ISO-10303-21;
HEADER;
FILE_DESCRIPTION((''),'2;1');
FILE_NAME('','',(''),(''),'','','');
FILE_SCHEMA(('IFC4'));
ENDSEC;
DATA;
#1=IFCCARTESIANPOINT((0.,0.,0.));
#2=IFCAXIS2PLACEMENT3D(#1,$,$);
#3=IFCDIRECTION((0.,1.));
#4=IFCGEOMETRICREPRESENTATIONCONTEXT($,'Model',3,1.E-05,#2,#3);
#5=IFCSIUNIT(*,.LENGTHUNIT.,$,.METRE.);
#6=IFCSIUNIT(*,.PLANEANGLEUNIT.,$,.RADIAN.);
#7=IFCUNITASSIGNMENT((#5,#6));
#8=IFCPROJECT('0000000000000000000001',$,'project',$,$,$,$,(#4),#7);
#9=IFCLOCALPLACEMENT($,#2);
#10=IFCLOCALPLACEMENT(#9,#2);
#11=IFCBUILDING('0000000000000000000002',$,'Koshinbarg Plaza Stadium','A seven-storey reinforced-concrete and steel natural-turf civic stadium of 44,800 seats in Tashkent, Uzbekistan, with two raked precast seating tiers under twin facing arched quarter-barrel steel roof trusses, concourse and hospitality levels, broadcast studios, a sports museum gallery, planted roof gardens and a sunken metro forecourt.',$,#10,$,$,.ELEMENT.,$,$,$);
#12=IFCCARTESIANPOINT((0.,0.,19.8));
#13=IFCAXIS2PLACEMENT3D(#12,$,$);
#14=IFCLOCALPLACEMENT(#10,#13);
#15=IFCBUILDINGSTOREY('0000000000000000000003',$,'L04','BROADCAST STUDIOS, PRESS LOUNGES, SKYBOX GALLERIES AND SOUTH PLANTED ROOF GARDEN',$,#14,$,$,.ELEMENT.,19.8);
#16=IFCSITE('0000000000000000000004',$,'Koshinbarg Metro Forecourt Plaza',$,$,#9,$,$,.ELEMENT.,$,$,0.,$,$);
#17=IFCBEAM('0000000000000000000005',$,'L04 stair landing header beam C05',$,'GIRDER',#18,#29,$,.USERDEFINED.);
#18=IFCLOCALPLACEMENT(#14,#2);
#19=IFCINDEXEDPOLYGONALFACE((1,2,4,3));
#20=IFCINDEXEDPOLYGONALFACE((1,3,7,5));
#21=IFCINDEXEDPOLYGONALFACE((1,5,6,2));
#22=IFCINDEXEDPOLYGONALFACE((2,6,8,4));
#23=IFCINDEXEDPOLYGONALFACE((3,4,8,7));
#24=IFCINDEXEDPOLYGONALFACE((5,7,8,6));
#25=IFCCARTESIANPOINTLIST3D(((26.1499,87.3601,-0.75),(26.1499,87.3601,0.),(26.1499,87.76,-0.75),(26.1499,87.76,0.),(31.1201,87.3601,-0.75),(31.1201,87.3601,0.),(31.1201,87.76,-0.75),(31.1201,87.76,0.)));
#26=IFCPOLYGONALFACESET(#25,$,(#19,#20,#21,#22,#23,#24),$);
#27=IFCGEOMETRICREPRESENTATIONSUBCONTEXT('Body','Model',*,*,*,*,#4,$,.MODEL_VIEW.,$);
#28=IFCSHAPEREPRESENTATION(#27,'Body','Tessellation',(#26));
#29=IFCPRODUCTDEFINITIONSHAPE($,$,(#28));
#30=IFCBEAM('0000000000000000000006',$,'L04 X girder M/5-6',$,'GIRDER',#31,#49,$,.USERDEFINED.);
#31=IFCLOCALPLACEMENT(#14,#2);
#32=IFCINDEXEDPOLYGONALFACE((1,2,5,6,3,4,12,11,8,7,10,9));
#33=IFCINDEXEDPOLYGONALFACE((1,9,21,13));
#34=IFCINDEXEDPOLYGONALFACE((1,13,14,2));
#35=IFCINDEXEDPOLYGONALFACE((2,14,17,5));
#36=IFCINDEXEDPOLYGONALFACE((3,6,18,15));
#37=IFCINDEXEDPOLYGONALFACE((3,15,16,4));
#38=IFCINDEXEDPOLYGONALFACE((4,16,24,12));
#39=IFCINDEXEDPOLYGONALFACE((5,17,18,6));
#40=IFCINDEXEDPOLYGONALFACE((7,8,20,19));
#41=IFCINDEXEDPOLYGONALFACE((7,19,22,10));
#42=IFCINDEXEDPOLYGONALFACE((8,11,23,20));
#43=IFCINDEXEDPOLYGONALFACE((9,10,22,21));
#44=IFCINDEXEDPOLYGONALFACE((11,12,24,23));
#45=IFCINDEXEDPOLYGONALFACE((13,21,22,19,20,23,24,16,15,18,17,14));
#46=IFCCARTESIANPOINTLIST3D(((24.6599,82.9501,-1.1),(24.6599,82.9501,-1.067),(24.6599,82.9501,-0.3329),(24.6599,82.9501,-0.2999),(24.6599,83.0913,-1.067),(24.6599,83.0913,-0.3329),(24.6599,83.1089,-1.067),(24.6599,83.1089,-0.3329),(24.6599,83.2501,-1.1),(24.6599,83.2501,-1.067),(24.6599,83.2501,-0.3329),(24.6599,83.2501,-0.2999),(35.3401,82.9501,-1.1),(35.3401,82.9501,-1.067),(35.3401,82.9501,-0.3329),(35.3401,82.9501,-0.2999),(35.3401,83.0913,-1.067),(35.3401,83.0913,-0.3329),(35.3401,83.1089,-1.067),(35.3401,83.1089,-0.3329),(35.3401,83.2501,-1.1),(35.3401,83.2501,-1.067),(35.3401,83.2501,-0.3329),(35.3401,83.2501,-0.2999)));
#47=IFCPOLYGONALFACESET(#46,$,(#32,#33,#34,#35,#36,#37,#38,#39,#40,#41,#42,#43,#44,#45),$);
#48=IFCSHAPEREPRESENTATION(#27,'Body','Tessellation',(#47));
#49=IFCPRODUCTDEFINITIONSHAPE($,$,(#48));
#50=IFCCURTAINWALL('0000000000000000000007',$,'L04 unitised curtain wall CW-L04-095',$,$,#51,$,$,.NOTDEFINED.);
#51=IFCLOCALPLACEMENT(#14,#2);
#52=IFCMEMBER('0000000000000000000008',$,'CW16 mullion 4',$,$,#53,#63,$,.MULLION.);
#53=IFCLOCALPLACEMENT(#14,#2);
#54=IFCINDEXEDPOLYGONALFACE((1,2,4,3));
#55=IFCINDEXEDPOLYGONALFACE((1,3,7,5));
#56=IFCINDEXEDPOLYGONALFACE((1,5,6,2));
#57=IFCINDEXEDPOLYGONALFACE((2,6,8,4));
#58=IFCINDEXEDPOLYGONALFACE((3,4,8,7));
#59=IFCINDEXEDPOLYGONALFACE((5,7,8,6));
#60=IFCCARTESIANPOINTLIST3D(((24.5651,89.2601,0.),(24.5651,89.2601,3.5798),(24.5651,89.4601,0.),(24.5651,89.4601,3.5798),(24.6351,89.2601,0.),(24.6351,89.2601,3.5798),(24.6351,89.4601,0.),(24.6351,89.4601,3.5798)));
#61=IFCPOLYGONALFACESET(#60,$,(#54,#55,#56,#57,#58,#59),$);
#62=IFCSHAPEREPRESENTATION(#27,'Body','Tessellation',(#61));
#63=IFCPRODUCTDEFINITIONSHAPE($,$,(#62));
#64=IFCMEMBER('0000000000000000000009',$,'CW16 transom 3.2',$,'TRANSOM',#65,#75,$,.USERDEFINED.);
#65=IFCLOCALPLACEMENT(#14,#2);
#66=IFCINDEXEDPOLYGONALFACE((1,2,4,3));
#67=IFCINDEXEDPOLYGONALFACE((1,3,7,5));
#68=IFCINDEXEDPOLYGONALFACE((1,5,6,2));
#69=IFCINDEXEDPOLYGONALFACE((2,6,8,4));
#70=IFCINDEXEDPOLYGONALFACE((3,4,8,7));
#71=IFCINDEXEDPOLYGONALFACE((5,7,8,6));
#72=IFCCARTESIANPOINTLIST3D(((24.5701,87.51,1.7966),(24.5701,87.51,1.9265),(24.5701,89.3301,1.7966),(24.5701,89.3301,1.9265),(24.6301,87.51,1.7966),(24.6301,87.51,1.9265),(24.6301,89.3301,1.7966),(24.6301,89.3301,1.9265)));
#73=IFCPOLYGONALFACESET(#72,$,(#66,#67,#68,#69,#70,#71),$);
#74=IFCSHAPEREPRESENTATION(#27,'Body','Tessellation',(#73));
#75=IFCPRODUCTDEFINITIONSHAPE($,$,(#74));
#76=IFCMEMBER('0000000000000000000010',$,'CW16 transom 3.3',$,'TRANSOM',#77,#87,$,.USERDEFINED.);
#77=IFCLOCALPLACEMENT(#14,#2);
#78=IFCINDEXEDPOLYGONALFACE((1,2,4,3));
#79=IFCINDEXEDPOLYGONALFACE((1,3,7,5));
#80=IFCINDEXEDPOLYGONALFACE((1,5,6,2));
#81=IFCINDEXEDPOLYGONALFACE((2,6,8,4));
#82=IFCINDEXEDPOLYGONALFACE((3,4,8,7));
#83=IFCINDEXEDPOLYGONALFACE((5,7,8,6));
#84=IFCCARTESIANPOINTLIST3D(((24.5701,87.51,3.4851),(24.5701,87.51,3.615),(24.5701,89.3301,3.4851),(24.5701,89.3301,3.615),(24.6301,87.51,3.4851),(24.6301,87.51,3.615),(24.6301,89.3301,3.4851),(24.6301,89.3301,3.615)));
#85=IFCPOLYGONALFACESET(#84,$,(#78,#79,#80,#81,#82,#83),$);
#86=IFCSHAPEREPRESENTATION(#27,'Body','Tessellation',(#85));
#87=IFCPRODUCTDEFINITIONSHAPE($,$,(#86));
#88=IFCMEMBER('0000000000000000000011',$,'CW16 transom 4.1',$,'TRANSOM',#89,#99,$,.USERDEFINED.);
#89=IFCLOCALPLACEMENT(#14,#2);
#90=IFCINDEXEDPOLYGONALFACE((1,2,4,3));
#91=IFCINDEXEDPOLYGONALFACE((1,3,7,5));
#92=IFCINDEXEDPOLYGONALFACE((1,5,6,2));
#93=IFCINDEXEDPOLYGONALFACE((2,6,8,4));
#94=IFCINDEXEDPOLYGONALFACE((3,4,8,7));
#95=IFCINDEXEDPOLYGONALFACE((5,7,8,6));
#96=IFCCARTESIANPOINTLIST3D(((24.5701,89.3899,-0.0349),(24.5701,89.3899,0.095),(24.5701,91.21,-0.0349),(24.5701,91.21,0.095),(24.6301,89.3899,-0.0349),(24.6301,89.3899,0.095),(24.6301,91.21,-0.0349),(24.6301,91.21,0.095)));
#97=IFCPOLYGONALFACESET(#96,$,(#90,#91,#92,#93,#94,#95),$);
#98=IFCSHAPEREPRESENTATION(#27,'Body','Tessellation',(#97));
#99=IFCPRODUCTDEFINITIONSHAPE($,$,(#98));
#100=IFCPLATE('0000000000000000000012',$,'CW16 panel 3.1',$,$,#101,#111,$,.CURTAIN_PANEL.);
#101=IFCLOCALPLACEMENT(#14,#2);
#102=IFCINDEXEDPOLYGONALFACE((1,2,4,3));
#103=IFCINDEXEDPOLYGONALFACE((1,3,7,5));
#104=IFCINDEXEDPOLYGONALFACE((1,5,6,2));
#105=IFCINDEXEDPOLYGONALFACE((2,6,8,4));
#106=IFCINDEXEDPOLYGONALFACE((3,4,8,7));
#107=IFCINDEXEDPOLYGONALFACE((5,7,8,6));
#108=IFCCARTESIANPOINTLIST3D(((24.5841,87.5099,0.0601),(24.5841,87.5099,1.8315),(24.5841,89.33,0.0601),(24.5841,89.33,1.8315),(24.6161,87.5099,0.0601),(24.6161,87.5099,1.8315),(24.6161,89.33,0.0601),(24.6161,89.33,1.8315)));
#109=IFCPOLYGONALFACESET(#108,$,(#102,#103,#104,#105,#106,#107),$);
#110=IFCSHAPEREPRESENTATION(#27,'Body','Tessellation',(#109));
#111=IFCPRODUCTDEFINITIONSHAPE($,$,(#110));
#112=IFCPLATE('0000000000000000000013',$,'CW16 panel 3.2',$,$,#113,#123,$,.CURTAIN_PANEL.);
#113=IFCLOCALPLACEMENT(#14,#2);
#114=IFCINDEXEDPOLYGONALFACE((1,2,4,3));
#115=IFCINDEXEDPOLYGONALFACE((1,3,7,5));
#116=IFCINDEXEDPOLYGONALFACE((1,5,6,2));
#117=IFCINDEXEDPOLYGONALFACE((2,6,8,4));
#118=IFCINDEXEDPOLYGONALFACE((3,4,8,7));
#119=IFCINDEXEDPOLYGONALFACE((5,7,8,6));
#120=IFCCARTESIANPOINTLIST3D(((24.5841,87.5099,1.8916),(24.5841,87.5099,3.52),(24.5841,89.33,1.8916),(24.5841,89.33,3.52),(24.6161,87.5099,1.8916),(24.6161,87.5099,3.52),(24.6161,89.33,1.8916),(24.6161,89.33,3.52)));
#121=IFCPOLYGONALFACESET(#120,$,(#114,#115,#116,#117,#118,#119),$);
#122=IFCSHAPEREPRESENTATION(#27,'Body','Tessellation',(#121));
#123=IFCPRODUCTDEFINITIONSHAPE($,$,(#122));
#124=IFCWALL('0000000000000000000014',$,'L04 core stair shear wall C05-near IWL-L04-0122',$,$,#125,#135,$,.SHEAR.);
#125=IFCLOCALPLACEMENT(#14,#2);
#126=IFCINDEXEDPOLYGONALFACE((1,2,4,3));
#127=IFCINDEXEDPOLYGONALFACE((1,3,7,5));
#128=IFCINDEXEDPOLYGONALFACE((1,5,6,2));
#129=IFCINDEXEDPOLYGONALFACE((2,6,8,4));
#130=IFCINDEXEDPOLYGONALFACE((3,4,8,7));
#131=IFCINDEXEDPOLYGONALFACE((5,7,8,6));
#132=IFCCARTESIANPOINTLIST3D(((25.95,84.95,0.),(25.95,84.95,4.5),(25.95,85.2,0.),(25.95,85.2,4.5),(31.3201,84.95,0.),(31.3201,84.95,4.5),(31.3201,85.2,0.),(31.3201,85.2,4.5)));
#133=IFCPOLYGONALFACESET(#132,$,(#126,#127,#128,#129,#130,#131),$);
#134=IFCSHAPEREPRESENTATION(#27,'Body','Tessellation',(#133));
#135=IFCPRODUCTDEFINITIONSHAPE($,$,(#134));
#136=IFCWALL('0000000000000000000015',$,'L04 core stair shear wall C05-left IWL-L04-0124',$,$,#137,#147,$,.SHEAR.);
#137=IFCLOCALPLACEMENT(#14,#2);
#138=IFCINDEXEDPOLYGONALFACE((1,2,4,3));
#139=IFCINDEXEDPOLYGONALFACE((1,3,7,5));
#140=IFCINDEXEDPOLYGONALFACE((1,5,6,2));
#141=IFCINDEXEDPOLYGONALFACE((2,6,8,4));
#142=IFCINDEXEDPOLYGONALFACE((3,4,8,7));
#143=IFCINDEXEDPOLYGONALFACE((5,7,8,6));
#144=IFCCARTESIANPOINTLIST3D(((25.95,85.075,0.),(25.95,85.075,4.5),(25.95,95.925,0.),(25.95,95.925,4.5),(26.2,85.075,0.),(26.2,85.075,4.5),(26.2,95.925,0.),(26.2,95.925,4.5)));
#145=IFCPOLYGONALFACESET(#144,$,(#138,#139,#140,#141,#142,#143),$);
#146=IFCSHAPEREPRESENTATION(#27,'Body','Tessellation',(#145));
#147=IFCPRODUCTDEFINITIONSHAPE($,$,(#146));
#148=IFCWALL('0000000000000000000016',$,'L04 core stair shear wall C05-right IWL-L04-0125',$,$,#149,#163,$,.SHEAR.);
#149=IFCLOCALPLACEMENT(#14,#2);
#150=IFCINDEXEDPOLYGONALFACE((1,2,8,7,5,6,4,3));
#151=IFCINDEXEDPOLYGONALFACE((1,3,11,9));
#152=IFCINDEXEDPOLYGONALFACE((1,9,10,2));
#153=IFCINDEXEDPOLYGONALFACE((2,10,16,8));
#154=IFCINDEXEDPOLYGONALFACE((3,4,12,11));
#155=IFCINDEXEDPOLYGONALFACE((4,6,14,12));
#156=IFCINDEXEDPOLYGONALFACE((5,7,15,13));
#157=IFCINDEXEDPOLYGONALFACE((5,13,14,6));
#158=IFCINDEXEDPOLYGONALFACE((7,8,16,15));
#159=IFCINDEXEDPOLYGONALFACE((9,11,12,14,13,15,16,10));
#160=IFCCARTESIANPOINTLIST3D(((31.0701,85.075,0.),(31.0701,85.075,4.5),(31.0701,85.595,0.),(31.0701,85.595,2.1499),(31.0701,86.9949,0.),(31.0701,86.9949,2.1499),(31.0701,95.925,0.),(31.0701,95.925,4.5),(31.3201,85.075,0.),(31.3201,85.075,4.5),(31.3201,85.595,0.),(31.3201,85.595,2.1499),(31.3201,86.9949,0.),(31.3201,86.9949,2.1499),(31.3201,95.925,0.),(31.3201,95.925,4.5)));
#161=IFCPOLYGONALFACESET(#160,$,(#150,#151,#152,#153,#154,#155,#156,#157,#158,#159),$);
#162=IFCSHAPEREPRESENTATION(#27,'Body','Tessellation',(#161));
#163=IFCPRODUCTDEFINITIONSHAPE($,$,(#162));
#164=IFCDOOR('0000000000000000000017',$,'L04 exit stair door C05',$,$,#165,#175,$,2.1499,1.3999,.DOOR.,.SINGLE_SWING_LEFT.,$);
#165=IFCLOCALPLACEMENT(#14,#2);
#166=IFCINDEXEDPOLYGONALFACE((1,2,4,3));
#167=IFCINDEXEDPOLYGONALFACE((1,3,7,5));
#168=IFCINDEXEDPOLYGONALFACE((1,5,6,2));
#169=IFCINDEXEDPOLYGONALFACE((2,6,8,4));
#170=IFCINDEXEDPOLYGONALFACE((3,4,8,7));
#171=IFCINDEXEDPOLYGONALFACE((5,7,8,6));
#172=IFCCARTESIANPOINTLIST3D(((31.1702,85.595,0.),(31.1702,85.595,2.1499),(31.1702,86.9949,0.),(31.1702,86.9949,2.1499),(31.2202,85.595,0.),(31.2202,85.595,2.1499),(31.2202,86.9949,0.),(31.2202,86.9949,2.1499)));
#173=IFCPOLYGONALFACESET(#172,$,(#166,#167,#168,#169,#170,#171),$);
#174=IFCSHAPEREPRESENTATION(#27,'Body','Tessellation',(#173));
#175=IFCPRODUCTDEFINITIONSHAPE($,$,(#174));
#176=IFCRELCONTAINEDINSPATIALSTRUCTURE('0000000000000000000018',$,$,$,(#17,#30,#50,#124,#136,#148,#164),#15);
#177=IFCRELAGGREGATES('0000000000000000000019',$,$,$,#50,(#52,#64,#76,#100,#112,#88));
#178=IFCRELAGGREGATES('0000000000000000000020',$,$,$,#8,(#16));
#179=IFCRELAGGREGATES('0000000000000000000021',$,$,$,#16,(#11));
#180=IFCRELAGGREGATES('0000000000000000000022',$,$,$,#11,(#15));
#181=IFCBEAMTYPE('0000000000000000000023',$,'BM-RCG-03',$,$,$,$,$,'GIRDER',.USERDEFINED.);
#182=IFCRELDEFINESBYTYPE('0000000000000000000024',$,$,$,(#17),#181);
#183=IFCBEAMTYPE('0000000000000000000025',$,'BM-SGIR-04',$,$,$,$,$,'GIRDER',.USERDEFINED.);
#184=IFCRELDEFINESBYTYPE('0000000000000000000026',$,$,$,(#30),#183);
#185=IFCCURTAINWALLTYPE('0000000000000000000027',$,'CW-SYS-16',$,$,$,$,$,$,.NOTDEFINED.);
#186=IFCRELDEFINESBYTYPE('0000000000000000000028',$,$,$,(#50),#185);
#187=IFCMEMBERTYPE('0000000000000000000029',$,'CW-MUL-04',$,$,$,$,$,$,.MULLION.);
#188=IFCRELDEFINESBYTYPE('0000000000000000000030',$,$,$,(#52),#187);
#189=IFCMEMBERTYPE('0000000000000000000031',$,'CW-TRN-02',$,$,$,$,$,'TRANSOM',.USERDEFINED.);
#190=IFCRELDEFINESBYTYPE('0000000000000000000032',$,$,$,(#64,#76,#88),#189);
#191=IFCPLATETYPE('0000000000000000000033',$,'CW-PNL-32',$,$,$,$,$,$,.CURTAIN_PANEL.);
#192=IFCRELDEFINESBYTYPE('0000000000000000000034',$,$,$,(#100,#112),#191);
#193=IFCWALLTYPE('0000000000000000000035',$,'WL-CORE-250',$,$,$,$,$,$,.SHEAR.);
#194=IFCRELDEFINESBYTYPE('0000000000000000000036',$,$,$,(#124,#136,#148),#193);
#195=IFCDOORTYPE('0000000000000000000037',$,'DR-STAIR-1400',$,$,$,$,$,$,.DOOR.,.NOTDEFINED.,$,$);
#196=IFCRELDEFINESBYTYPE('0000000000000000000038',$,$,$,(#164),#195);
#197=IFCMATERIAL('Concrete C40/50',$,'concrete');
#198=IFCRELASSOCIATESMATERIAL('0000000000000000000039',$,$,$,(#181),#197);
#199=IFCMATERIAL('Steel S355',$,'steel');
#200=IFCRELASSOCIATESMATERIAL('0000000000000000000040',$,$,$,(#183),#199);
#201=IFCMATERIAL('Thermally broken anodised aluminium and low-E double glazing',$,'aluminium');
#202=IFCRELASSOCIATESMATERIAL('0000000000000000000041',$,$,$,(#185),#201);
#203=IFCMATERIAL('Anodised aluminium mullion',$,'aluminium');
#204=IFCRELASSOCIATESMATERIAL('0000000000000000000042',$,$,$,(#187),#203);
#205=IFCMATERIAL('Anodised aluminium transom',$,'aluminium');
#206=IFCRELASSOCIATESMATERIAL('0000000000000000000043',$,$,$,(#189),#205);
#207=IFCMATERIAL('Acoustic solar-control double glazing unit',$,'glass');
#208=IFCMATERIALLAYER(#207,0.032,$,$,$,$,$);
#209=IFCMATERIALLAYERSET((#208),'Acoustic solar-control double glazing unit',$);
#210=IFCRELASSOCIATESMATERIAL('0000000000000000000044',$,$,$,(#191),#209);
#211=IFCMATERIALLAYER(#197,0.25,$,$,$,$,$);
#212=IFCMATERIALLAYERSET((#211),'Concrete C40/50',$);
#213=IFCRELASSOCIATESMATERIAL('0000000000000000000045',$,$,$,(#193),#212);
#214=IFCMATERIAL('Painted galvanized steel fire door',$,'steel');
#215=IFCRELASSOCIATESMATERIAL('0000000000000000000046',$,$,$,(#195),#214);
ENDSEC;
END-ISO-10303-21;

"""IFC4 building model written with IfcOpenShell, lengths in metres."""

from ifc_helpers import new_model, si_unit, direction, frame, frame_2d, origin, origin_2d, place, context, subcontext, project, spatial, rectangle, i_section, extrude, material, layer, layer_set, material_profile, profile_set, type_object, element, fill, aggregate, save


model = new_model("IFC4")

# Units and contexts
model_context = context("Model", 3, precision=1e-05, world=origin(), true_north=direction((0.0, 1.0)))
body_context = subcontext(model_context, "Body", "Model", "MODEL_VIEW")
ifc_project = project(units=[si_unit("LENGTHUNIT", "METRE"), si_unit("PLANEANGLEUNIT", "RADIAN")], contexts=[model_context])

# Site, building, storey
site_placement = place(None, origin())
site = spatial("IfcSite", under=ifc_project, at=site_placement, Name="Koshinbarg Metro Forecourt Plaza", CompositionType="ELEMENT", RefElevation=0.0)
building_placement = place(site_placement, origin())
building = spatial("IfcBuilding", under=site, at=building_placement, Name="Koshinbarg Plaza Stadium", Description="A seven-storey reinforced-concrete and steel natural-turf civic stadium of 44,800 seats in Tashkent, Uzbekistan, with two raked precast seating tiers under twin facing arched quarter-barrel steel roof trusses, concourse and hospitality levels, broadcast studios, a sports museum gallery, planted roof gardens and a sunken metro forecourt.", CompositionType="ELEMENT")
storey_placement = place(building_placement, frame((0.0, 0.0, 19.8)))
storey = spatial("IfcBuildingStorey", under=building, at=storey_placement, Name="L04", Description="BROADCAST STUDIOS, PRESS LOUNGES, SKYBOX GALLERIES AND SOUTH PLANTED ROOF GARDEN", CompositionType="ELEMENT", Elevation=19.8)

# Beams
ifc_material_1 = material(Name="Concrete C40/50", Category="concrete")
ifc_material_profile_1 = material_profile(ifc_material_1, rectangle(XDim=0.3999, YDim=0.75, at=origin_2d()), Name="RC 400x750")
ifc_profile_set_1 = profile_set([ifc_material_profile_1], Name="Concrete C40/50")
beam_type_1 = type_object("IfcBeamType", Name="BM-RCG-03", ElementType="GIRDER", PredefinedType="USERDEFINED", material=ifc_profile_set_1)
beam_1_placement = place(storey_placement, frame((26.1499, 87.5601, -0.375), z_axis=(1.0, 0.0, 0.0), x_axis=(0.0, 1.0, 0.0)))
element("IfcBeam", 1, at=beam_1_placement, inside=storey, type_object=beam_type_1, Name="L04 stair landing header beam C05", ObjectType="GIRDER", PredefinedType="USERDEFINED", context=body_context, shape_type="SweptSolid", body=[
    extrude(rectangle(XDim=0.3999, YDim=0.75, at=origin_2d()), origin(), (0.0, 0.0, 1.0), 4.9702),
])
ifc_material_2 = material(Name="Steel S355", Category="steel")
ifc_material_profile_2 = material_profile(ifc_material_2, i_section(OverallWidth=0.3, OverallDepth=0.8, WebThickness=0.0176, FlangeThickness=0.033, at=origin_2d()), Name="HEB 800")
ifc_profile_set_2 = profile_set([ifc_material_profile_2], Name="Steel S355")
beam_type_2 = type_object("IfcBeamType", Name="BM-SGIR-04", ElementType="GIRDER", PredefinedType="USERDEFINED", material=ifc_profile_set_2)
beam_2_placement = place(storey_placement, frame((24.6599, 83.1001, -0.7), z_axis=(1.0, 0.0, 0.0), x_axis=(0.0, 1.0, 0.0)))
element("IfcBeam", 2, at=beam_2_placement, inside=storey, type_object=beam_type_2, Name="L04 X girder M/5-6", ObjectType="GIRDER", PredefinedType="USERDEFINED", context=body_context, shape_type="SweptSolid", body=[
    extrude(i_section(OverallWidth=0.3, OverallDepth=0.8, WebThickness=0.0176, FlangeThickness=0.033, at=origin_2d()), origin(), (0.0, 0.0, 1.0), 10.6802),
])

# Curtain wall, members, plates
ifc_material_3 = material(Name="Thermally broken anodised aluminium and low-E double glazing", Category="aluminium")
curtain_wall_type = type_object("IfcCurtainWallType", Name="CW-SYS-16", PredefinedType="NOTDEFINED", material=ifc_material_3)
curtain_wall_placement = place(storey_placement, origin())
curtain_wall = element("IfcCurtainWall", 3, at=curtain_wall_placement, inside=storey, type_object=curtain_wall_type, Name="L04 unitised curtain wall CW-L04-095", PredefinedType="NOTDEFINED")
ifc_material_4 = material(Name="Anodised aluminium mullion", Category="aluminium")
ifc_material_profile_3 = material_profile(ifc_material_4, rectangle(XDim=0.0701, YDim=0.2, at=origin_2d()), Name="ALU 70x200")
ifc_profile_set_3 = profile_set([ifc_material_profile_3], Name="Anodised aluminium mullion")
member_type_1 = type_object("IfcMemberType", Name="CW-MUL-04", PredefinedType="MULLION", material=ifc_profile_set_3)
member_1_placement = place(storey_placement, frame((24.6001, 89.3601, 0.0), z_axis=(0.0, 0.0, 1.0), x_axis=(-1.0, 0.0, 0.0)))
member_1 = element("IfcMember", 4, at=member_1_placement, type_object=member_type_1, Name="CW16 mullion 4", PredefinedType="MULLION", context=body_context, shape_type="SweptSolid", body=[
    extrude(rectangle(XDim=0.0701, YDim=0.2, at=origin_2d()), origin(), (0.0, 0.0, 1.0), 3.5798),
])
ifc_material_5 = material(Name="Anodised aluminium transom", Category="aluminium")
ifc_material_profile_4 = material_profile(ifc_material_5, rectangle(XDim=0.0601, YDim=0.1299, at=origin_2d()), Name="ALU 60x130")
ifc_profile_set_4 = profile_set([ifc_material_profile_4], Name="Anodised aluminium transom")
member_type_2 = type_object("IfcMemberType", Name="CW-TRN-02", ElementType="TRANSOM", PredefinedType="USERDEFINED", material=ifc_profile_set_4)
member_2_placement = place(storey_placement, frame((24.6001, 87.51, 1.8616), z_axis=(0.0, 1.0, 0.0), x_axis=(-1.0, 0.0, 0.0)))
member_2 = element("IfcMember", 5, at=member_2_placement, type_object=member_type_2, Name="CW16 transom 3.2", ObjectType="TRANSOM", PredefinedType="USERDEFINED", context=body_context, shape_type="SweptSolid", body=[
    extrude(rectangle(XDim=0.0601, YDim=0.1299, at=origin_2d()), origin(), (0.0, 0.0, 1.0), 1.8201),
])
member_3_placement = place(storey_placement, frame((24.6001, 87.51, 3.55), z_axis=(0.0, 1.0, 0.0), x_axis=(-1.0, 0.0, 0.0)))
member_3 = element("IfcMember", 6, at=member_3_placement, type_object=member_type_2, Name="CW16 transom 3.3", ObjectType="TRANSOM", PredefinedType="USERDEFINED", context=body_context, shape_type="SweptSolid", body=[
    extrude(rectangle(XDim=0.0601, YDim=0.1299, at=origin_2d()), origin(), (0.0, 0.0, 1.0), 1.8201),
])
member_4_placement = place(storey_placement, frame((24.6001, 89.3899, 0.03), z_axis=(0.0, 1.0, 0.0), x_axis=(-1.0, 0.0, 0.0)))
member_4 = element("IfcMember", 7, at=member_4_placement, type_object=member_type_2, Name="CW16 transom 4.1", ObjectType="TRANSOM", PredefinedType="USERDEFINED", context=body_context, shape_type="SweptSolid", body=[
    extrude(rectangle(XDim=0.0601, YDim=0.1299, at=origin_2d()), origin(), (0.0, 0.0, 1.0), 1.8201),
])
ifc_material_6 = material(Name="Acoustic solar-control double glazing unit", Category="glass")
ifc_layer_1 = layer(ifc_material_6, 0.032)
ifc_layer_set_1 = layer_set([ifc_layer_1], Name="Acoustic solar-control double glazing unit")
plate_type = type_object("IfcPlateType", Name="CW-PNL-32", PredefinedType="CURTAIN_PANEL", material=ifc_layer_set_1)
plate_1_placement = place(storey_placement, frame((24.6001, 88.4199, 0.0601), z_axis=(0.0, 0.0, 1.0), x_axis=(0.0, 1.0, 0.0)))
plate_1 = element("IfcPlate", 8, at=plate_1_placement, type_object=plate_type, Name="CW16 panel 3.1", PredefinedType="CURTAIN_PANEL", context=body_context, shape_type="SweptSolid", body=[
    extrude(rectangle(XDim=1.8201, YDim=0.032, at=origin_2d()), origin(), (0.0, 0.0, 1.0), 1.7715),
])
plate_2_placement = place(storey_placement, frame((24.6001, 88.4199, 1.8916), z_axis=(0.0, 0.0, 1.0), x_axis=(0.0, 1.0, 0.0)))
plate_2 = element("IfcPlate", 9, at=plate_2_placement, type_object=plate_type, Name="CW16 panel 3.2", PredefinedType="CURTAIN_PANEL", context=body_context, shape_type="SweptSolid", body=[
    extrude(rectangle(XDim=1.8201, YDim=0.032, at=origin_2d()), origin(), (0.0, 0.0, 1.0), 1.6284),
])
aggregate(curtain_wall, [member_1, member_2, member_3, plate_1, plate_2, member_4])

# Walls
ifc_layer_2 = layer(ifc_material_1, 0.25)
ifc_layer_set_2 = layer_set([ifc_layer_2], Name="Concrete C40/50")
wall_type = type_object("IfcWallType", Name="WL-CORE-250", PredefinedType="SHEAR", material=ifc_layer_set_2)
wall_1_placement = place(storey_placement, frame((25.95, 85.075, 0.0), z_axis=(0.0, 0.0, 1.0), x_axis=(1.0, 0.0, 0.0)))
element("IfcWall", 10, at=wall_1_placement, inside=storey, type_object=wall_type, Name="L04 core stair shear wall C05-near IWL-L04-0122", PredefinedType="SHEAR", context=body_context, shape_type="SweptSolid", body=[
    extrude(rectangle(XDim=5.3701, YDim=0.25, at=frame_2d((2.6851, 0.0))), origin(), (0.0, 0.0, 1.0), 4.5),
])
wall_2_placement = place(storey_placement, frame((26.075, 85.075, 0.0), z_axis=(0.0, 0.0, 1.0), x_axis=(0.0, 1.0, 0.0)))
element("IfcWall", 11, at=wall_2_placement, inside=storey, type_object=wall_type, Name="L04 core stair shear wall C05-left IWL-L04-0124", PredefinedType="SHEAR", context=body_context, shape_type="SweptSolid", body=[
    extrude(rectangle(XDim=10.8501, YDim=0.25, at=frame_2d((5.425, 0.0))), origin(), (0.0, 0.0, 1.0), 4.5),
])

# Wall, opening, door
wall_3_placement = place(storey_placement, frame((31.1951, 85.075, 0.0), z_axis=(0.0, 0.0, 1.0), x_axis=(0.0, 1.0, 0.0)))
wall_3 = element("IfcWall", 12, at=wall_3_placement, inside=storey, type_object=wall_type, Name="L04 core stair shear wall C05-right IWL-L04-0125", PredefinedType="SHEAR", context=body_context, shape_type="SweptSolid", body=[
    extrude(rectangle(XDim=10.8501, YDim=0.25, at=frame_2d((5.425, 0.0))), origin(), (0.0, 0.0, 1.0), 4.5),
])
opening_1_placement = place(wall_3_placement, frame((0.52, 0.0, 0.0)))
opening_1 = element("IfcOpeningElement", 13, at=opening_1_placement, cuts=wall_3, PredefinedType="OPENING", context=body_context, shape_type="SweptSolid", body=[
    extrude(rectangle(XDim=1.3999, YDim=2.1499, at=frame_2d((0.7, 1.075))), frame((0.0, 0.135, 0.0), z_axis=(0.0, -1.0, 0.0), x_axis=(1.0, 0.0, 0.0)), (0.0, 0.0, 1.0), 0.27),
])
ifc_material_7 = material(Name="Painted galvanized steel fire door", Category="steel")
door_type_1 = type_object("IfcDoorType", Name="DR-STAIR-1400", OperationType="NOTDEFINED", PredefinedType="DOOR", material=ifc_material_7)
door_1_placement = place(opening_1_placement, origin())
door_1 = element("IfcDoor", 14, at=door_1_placement, inside=storey, type_object=door_type_1, Name="L04 exit stair door C05", OperationType="SINGLE_SWING_LEFT", OverallHeight=2.1499, OverallWidth=1.3999, PredefinedType="DOOR", context=body_context, shape_type="SweptSolid", body=[
    extrude(rectangle(XDim=1.3999, YDim=2.1499, at=frame_2d((0.7, 1.075))), frame((0.0, 0.0249, 0.0), z_axis=(0.0, -1.0, 0.0), x_axis=(1.0, 0.0, 0.0)), (0.0, 0.0, 1.0), 0.05),
])
fill(opening_1, door_1)

save(model, "model.ifc")
